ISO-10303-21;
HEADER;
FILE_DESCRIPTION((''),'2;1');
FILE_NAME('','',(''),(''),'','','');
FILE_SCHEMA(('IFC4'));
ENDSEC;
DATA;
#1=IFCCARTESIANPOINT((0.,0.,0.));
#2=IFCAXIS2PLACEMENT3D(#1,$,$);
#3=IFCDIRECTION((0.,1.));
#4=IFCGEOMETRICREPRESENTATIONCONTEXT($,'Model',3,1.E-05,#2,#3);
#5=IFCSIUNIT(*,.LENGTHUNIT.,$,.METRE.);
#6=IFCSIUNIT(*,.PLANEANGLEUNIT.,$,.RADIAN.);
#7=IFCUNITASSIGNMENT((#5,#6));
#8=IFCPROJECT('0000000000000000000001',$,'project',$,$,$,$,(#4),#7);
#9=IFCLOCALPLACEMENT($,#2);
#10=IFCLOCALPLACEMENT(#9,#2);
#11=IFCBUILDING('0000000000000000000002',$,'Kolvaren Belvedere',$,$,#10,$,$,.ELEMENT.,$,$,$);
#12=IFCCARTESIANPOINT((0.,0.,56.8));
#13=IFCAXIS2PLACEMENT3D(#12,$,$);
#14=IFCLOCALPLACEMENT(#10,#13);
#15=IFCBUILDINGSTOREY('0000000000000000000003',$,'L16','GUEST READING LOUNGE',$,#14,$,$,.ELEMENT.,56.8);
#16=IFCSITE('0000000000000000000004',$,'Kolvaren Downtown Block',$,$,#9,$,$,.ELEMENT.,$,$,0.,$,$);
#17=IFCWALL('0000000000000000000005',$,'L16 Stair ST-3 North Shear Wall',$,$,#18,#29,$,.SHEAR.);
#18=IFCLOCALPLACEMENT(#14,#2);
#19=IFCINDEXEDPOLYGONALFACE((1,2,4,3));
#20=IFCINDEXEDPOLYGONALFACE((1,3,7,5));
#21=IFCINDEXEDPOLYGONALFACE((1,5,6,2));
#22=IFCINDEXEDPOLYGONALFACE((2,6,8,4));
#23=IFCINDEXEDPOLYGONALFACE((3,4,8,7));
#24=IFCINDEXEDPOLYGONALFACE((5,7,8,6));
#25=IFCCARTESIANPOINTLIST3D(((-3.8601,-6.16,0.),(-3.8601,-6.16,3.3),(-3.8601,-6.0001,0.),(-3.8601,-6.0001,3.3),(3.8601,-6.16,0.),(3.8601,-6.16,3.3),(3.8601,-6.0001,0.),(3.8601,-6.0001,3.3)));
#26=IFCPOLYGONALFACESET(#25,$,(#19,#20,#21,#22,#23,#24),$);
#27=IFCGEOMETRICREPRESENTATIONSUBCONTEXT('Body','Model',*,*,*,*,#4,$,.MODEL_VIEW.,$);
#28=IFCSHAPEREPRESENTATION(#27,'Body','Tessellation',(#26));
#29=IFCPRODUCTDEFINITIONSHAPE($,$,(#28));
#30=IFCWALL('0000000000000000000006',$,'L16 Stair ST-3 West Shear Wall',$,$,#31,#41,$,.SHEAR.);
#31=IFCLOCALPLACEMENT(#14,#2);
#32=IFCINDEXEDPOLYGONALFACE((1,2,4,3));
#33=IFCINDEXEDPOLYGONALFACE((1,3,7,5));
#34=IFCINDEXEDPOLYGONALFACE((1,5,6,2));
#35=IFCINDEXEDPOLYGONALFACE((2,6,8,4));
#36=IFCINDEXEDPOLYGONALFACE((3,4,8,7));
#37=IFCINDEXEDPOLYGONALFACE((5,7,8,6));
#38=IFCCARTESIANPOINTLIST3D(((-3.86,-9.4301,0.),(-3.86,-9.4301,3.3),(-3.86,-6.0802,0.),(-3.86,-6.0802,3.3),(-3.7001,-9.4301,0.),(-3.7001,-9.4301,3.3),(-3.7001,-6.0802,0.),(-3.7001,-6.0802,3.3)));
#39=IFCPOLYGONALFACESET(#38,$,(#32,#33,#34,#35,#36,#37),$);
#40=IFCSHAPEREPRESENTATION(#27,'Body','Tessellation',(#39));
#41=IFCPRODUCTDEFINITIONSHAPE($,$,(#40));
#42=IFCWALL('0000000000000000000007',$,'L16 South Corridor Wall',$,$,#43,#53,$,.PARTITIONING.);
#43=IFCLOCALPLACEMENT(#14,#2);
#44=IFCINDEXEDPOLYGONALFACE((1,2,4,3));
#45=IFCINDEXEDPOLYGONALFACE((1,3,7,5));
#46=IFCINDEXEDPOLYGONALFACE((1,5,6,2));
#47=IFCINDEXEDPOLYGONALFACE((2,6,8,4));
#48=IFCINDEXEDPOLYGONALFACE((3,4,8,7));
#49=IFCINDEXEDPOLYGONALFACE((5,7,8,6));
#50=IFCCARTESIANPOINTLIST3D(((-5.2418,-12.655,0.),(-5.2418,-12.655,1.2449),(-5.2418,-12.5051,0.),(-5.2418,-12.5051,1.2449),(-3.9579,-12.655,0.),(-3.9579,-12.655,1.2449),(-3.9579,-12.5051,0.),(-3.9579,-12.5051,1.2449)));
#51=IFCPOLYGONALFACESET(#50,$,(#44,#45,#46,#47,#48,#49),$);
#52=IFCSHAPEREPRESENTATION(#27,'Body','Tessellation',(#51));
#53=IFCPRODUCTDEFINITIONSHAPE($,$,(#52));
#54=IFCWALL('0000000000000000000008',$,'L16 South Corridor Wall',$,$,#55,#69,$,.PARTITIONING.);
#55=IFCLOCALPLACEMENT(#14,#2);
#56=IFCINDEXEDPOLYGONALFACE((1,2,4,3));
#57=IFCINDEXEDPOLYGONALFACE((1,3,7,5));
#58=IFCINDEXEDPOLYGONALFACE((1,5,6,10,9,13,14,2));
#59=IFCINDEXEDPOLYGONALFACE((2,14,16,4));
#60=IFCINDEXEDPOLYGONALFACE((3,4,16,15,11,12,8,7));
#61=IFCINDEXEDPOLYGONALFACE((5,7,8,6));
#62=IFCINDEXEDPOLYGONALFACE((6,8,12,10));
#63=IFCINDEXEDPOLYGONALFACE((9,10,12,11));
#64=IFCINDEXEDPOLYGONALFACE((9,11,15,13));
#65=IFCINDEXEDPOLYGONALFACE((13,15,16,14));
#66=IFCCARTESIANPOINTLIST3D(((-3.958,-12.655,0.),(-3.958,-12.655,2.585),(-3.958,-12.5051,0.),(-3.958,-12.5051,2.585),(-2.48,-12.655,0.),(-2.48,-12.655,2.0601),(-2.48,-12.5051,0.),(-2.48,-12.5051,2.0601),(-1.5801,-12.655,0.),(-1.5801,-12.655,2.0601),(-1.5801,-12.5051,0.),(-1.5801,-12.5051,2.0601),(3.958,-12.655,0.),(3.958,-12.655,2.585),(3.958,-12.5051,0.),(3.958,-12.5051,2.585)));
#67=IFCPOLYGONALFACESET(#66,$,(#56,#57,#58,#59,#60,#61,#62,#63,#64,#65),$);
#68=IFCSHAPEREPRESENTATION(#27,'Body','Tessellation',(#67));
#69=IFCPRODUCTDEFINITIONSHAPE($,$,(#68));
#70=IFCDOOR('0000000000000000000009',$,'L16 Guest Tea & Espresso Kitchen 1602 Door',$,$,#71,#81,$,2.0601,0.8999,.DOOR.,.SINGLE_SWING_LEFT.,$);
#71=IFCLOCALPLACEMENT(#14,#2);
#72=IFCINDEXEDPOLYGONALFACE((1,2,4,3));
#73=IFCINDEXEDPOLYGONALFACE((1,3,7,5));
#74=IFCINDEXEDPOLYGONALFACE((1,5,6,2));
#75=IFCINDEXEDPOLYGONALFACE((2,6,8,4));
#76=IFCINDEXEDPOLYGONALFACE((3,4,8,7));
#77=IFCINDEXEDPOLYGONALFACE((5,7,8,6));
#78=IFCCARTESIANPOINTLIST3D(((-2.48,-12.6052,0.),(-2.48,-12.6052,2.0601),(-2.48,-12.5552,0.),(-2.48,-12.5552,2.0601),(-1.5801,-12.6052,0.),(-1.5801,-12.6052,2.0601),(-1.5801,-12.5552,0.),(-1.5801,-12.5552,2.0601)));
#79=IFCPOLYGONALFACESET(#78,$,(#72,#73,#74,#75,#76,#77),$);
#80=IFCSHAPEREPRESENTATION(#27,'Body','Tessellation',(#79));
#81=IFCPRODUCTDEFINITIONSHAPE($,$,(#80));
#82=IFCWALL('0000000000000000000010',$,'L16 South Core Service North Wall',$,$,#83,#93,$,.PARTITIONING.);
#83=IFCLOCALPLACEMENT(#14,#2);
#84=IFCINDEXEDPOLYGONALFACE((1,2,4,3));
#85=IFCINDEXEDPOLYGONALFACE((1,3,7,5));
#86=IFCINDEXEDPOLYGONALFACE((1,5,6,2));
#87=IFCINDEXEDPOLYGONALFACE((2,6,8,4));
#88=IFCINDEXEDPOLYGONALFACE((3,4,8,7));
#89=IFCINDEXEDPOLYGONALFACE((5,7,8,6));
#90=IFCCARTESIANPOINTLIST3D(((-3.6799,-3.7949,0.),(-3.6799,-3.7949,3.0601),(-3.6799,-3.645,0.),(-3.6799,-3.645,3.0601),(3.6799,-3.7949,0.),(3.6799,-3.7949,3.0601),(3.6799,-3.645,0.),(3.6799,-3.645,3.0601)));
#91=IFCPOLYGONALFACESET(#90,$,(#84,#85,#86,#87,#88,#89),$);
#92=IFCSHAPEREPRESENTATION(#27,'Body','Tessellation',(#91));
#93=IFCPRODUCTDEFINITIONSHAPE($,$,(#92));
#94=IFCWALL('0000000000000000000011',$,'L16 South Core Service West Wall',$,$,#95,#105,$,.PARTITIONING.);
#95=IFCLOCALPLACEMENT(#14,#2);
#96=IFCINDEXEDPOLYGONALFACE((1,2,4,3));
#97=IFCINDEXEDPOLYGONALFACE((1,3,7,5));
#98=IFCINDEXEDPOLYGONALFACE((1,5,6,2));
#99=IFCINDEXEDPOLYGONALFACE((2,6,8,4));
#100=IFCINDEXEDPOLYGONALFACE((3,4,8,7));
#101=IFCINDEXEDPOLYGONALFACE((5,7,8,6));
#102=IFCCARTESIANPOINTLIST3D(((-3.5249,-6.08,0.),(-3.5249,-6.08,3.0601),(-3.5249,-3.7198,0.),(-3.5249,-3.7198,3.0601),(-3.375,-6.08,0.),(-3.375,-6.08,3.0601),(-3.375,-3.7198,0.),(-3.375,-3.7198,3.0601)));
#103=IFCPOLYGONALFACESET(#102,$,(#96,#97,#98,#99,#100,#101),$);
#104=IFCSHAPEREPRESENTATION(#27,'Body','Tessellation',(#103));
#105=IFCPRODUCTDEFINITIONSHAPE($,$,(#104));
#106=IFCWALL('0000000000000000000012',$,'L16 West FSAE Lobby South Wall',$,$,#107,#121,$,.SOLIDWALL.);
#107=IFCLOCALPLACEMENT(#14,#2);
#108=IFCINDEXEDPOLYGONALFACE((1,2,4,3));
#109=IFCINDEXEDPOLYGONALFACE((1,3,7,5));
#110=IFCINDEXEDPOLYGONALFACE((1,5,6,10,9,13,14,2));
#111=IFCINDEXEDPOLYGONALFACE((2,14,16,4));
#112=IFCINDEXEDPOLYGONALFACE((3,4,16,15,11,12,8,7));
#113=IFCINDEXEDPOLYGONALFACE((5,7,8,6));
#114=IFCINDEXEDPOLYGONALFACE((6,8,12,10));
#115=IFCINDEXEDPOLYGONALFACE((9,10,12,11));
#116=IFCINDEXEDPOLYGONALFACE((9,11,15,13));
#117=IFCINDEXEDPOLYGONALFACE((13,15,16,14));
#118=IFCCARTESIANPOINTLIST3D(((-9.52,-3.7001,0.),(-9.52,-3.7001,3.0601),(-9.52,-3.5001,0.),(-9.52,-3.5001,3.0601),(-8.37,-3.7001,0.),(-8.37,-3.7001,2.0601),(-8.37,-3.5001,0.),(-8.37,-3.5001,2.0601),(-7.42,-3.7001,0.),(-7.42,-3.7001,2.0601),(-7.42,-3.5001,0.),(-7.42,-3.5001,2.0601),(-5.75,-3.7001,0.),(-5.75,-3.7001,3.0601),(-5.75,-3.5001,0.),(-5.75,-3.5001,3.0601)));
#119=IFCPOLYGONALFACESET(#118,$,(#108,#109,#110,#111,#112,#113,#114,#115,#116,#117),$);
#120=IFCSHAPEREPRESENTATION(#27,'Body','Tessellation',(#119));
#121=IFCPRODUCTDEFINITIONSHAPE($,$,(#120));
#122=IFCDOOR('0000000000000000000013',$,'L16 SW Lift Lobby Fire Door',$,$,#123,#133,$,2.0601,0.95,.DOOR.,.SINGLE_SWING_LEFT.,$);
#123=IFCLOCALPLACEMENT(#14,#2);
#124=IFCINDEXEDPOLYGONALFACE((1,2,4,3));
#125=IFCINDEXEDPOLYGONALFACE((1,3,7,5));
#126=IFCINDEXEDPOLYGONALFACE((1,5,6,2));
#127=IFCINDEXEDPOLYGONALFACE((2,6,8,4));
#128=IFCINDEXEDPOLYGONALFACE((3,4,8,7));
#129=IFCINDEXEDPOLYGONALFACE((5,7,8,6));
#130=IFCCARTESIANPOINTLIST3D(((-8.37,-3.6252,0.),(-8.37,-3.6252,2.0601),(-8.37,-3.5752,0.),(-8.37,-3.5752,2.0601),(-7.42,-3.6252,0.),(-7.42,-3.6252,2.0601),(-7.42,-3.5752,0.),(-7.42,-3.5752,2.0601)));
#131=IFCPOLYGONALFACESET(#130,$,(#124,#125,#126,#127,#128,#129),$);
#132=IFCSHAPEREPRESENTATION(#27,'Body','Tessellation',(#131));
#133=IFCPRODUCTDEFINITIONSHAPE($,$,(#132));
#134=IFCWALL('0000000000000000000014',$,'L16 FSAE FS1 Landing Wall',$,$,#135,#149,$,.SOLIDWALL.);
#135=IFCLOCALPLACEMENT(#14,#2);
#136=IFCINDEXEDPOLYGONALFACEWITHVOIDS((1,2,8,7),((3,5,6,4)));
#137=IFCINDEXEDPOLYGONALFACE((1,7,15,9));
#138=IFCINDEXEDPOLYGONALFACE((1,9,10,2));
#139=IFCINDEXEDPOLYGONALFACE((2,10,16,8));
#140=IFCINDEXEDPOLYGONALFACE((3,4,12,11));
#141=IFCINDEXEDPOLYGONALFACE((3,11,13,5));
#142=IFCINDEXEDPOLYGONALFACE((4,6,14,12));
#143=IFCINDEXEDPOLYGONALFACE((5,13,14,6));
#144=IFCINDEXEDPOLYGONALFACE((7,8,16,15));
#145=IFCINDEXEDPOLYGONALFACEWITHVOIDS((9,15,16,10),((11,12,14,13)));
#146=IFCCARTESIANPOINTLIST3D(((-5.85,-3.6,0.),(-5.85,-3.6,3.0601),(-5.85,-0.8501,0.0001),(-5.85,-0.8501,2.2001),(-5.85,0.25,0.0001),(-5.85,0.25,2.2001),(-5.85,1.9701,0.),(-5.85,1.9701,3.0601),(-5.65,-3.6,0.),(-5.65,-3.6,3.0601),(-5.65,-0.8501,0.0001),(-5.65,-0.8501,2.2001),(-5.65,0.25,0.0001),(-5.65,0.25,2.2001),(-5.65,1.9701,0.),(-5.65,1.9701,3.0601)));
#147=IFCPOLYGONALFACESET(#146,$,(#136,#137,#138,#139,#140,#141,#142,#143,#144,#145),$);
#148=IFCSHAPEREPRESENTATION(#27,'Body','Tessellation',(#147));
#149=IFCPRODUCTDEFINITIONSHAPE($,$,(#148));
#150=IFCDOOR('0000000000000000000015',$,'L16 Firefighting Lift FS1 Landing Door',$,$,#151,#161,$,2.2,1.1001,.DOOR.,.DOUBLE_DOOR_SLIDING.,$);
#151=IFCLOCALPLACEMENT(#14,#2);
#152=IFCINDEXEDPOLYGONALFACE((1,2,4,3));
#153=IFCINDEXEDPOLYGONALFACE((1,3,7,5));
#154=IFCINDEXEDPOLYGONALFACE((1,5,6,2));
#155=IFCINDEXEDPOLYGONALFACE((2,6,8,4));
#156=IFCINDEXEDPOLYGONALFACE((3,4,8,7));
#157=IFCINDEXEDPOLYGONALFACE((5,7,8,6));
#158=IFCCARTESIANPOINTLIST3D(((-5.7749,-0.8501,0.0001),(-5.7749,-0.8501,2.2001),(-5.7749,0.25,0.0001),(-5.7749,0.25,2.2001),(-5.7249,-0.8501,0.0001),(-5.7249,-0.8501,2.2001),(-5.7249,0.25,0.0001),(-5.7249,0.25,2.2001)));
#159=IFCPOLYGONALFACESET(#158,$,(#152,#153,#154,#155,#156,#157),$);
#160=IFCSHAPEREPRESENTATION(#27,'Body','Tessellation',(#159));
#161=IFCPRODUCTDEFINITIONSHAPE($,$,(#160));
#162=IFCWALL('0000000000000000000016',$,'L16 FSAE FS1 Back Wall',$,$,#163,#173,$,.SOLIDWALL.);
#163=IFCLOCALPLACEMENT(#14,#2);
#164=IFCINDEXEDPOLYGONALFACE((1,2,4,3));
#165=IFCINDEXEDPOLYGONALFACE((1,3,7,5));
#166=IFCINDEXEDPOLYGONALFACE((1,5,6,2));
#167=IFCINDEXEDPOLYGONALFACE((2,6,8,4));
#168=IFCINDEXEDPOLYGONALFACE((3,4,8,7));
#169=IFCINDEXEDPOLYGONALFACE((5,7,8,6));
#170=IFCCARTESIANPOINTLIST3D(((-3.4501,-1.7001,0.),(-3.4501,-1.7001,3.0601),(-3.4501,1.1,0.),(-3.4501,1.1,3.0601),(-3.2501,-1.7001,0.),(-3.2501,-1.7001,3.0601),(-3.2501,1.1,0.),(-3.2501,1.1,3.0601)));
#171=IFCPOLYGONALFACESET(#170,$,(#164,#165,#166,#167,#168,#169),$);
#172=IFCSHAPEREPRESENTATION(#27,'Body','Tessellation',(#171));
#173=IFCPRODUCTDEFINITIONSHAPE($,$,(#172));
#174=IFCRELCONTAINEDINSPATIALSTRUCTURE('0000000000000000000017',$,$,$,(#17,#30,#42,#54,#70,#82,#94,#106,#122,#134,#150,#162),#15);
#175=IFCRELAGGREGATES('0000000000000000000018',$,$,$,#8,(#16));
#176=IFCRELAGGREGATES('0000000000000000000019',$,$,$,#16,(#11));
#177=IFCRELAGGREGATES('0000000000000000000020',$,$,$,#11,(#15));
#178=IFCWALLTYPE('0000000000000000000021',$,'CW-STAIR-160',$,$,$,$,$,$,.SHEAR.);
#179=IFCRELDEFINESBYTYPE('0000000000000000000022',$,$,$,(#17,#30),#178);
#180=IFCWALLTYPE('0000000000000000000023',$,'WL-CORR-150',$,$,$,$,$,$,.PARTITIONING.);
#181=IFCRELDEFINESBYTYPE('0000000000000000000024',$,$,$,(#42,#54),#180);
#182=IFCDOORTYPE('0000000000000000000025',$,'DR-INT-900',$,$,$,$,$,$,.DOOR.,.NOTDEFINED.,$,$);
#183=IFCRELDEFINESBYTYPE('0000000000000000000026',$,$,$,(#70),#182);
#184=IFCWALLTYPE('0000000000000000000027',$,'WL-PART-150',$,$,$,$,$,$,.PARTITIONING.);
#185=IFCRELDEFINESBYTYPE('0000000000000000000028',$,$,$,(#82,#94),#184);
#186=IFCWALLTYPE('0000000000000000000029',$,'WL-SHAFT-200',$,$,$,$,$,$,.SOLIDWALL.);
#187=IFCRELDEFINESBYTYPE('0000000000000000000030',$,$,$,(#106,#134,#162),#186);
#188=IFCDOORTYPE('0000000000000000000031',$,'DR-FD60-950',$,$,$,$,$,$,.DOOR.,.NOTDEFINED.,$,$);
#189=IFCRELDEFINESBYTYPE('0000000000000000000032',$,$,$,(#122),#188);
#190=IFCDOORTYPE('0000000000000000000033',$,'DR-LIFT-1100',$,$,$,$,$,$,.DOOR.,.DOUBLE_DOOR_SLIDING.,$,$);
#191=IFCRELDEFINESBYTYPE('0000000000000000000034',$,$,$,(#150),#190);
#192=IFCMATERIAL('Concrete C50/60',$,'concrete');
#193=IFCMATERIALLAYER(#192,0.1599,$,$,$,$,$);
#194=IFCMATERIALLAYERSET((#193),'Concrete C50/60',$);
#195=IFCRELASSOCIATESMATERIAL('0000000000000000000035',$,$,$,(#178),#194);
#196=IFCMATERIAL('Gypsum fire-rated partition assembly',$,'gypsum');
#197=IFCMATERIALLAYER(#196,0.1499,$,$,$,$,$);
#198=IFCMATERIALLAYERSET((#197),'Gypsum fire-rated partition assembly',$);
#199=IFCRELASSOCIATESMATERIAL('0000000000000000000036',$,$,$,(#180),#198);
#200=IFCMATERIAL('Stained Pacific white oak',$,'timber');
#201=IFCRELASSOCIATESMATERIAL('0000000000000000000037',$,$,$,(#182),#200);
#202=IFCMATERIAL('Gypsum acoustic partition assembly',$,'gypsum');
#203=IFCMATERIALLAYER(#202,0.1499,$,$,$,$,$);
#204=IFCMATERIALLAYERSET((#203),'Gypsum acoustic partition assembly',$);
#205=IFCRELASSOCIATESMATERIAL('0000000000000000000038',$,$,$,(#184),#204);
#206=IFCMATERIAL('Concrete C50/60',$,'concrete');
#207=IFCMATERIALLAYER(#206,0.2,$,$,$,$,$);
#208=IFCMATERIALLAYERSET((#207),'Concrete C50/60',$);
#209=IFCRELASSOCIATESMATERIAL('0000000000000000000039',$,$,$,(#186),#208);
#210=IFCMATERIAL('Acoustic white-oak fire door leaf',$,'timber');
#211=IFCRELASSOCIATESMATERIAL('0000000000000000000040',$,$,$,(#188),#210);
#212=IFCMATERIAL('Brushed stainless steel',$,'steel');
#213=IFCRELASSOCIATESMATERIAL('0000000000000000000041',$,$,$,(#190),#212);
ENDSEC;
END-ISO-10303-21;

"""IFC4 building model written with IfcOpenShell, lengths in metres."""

from ifc_helpers import new_model, si_unit, direction, frame, frame_2d, origin, place, context, subcontext, project, spatial, rectangle, extrude, material, layer, layer_set, type_object, element, fill, save


model = new_model("IFC4")

# Units and contexts
model_context = context("Model", 3, precision=1e-05, world=origin(), true_north=direction((0.0, 1.0)))
body_context = subcontext(model_context, "Body", "Model", "MODEL_VIEW")
ifc_project = project(units=[si_unit("LENGTHUNIT", "METRE"), si_unit("PLANEANGLEUNIT", "RADIAN")], contexts=[model_context])

# Site, building, storey
site_placement = place(None, origin())
site = spatial("IfcSite", under=ifc_project, at=site_placement, Name="Kolvaren Downtown Block", CompositionType="ELEMENT", RefElevation=0.0)
building_placement = place(site_placement, origin())
building = spatial("IfcBuilding", under=site, at=building_placement, Name="Kolvaren Belvedere", CompositionType="ELEMENT")
storey_placement = place(building_placement, frame((0.0, 0.0, 56.8)))
storey = spatial("IfcBuildingStorey", under=building, at=storey_placement, Name="L16", Description="GUEST READING LOUNGE", CompositionType="ELEMENT", Elevation=56.8)

# Walls
ifc_material_1 = material(Name="Concrete C50/60", Category="concrete")
ifc_layer_1 = layer(ifc_material_1, 0.1599)
ifc_layer_set_1 = layer_set([ifc_layer_1], Name="Concrete C50/60")
wall_type_1 = type_object("IfcWallType", Name="CW-STAIR-160", PredefinedType="SHEAR", material=ifc_layer_set_1)
wall_1_placement = place(storey_placement, frame((-3.8601, -6.0801, 0.0), z_axis=(0.0, 0.0, 1.0), x_axis=(1.0, 0.0, 0.0)))
element("IfcWall", 1, at=wall_1_placement, inside=storey, type_object=wall_type_1, Name="L16 Stair ST-3 North Shear Wall", PredefinedType="SHEAR", context=body_context, shape_type="SweptSolid", body=[
    extrude(rectangle(XDim=7.7202, YDim=0.1599, at=frame_2d((3.8601, 0.0))), origin(), (0.0, 0.0, 1.0), 3.3),
])
wall_2_placement = place(storey_placement, frame((-3.78, -9.4299, 0.0), z_axis=(0.0, 0.0, 1.0), x_axis=(0.0, 1.0, 0.0)))
element("IfcWall", 2, at=wall_2_placement, inside=storey, type_object=wall_type_1, Name="L16 Stair ST-3 West Shear Wall", PredefinedType="SHEAR", context=body_context, shape_type="SweptSolid", body=[
    extrude(rectangle(XDim=3.3499, YDim=0.1599, at=frame_2d((1.6748, 0.0))), origin(), (0.0, 0.0, 1.0), 3.3),
])
ifc_material_2 = material(Name="Gypsum fire-rated partition assembly", Category="gypsum")
ifc_layer_2 = layer(ifc_material_2, 0.1499)
ifc_layer_set_2 = layer_set([ifc_layer_2], Name="Gypsum fire-rated partition assembly")
wall_type_2 = type_object("IfcWallType", Name="WL-CORR-150", PredefinedType="PARTITIONING", material=ifc_layer_set_2)
wall_3_placement = place(storey_placement, frame((-5.2419, -12.5801, 0.0), z_axis=(0.0, 0.0, 1.0), x_axis=(1.0, 0.0, 0.0)))
element("IfcWall", 3, at=wall_3_placement, inside=storey, type_object=wall_type_2, Name="L16 South Corridor Wall", PredefinedType="PARTITIONING", context=body_context, shape_type="SweptSolid", body=[
    extrude(rectangle(XDim=1.2839, YDim=0.1499, at=frame_2d((0.6421, 0.0))), origin(), (0.0, 0.0, 1.0), 1.2449),
])

# Wall, opening, door
wall_4_placement = place(storey_placement, frame((-3.958, -12.5801, 0.0), z_axis=(0.0, 0.0, 1.0), x_axis=(1.0, 0.0, 0.0)))
wall_4 = element("IfcWall", 4, at=wall_4_placement, inside=storey, type_object=wall_type_2, Name="L16 South Corridor Wall", PredefinedType="PARTITIONING", context=body_context, shape_type="SweptSolid", body=[
    extrude(rectangle(XDim=7.916, YDim=0.1499, at=frame_2d((3.958, 0.0))), origin(), (0.0, 0.0, 1.0), 2.585),
])
opening_1_placement = place(wall_4_placement, frame((1.478, 0.0, 0.0)))
opening_1 = element("IfcOpeningElement", 5, at=opening_1_placement, cuts=wall_4, PredefinedType="OPENING", context=body_context, shape_type="SweptSolid", body=[
    extrude(rectangle(XDim=0.8999, YDim=2.0601, at=frame_2d((0.45, 1.03))), frame((0.0, 0.085, 0.0), z_axis=(0.0, -1.0, 0.0), x_axis=(1.0, 0.0, 0.0)), (0.0, 0.0, 1.0), 0.1699),
])
ifc_material_3 = material(Name="Stained Pacific white oak", Category="timber")
door_type_1 = type_object("IfcDoorType", Name="DR-INT-900", OperationType="NOTDEFINED", PredefinedType="DOOR", material=ifc_material_3)
door_1_placement = place(opening_1_placement, origin())
door_1 = element("IfcDoor", 6, at=door_1_placement, inside=storey, type_object=door_type_1, Name="L16 Guest Tea & Espresso Kitchen 1602 Door", OperationType="SINGLE_SWING_LEFT", OverallHeight=2.0601, OverallWidth=0.8999, PredefinedType="DOOR", context=body_context, shape_type="SweptSolid", body=[
    extrude(rectangle(XDim=0.8999, YDim=2.0601, at=frame_2d((0.45, 1.03))), frame((0.0, 0.0249, 0.0), z_axis=(0.0, -1.0, 0.0), x_axis=(1.0, 0.0, 0.0)), (0.0, 0.0, 1.0), 0.05),
])
fill(opening_1, door_1)

# Walls
ifc_material_4 = material(Name="Gypsum acoustic partition assembly", Category="gypsum")
ifc_layer_3 = layer(ifc_material_4, 0.1499)
ifc_layer_set_3 = layer_set([ifc_layer_3], Name="Gypsum acoustic partition assembly")
wall_type_3 = type_object("IfcWallType", Name="WL-PART-150", PredefinedType="PARTITIONING", material=ifc_layer_set_3)
wall_5_placement = place(storey_placement, frame((-3.6799, -3.72, 0.0), z_axis=(0.0, 0.0, 1.0), x_axis=(1.0, 0.0, 0.0)))
element("IfcWall", 7, at=wall_5_placement, inside=storey, type_object=wall_type_3, Name="L16 South Core Service North Wall", PredefinedType="PARTITIONING", context=body_context, shape_type="SweptSolid", body=[
    extrude(rectangle(XDim=7.3599, YDim=0.1499, at=frame_2d((3.6799, 0.0))), origin(), (0.0, 0.0, 1.0), 3.0601),
])
wall_6_placement = place(storey_placement, frame((-3.45, -6.0801, 0.0), z_axis=(0.0, 0.0, 1.0), x_axis=(0.0, 1.0, 0.0)))
element("IfcWall", 8, at=wall_6_placement, inside=storey, type_object=wall_type_3, Name="L16 South Core Service West Wall", PredefinedType="PARTITIONING", context=body_context, shape_type="SweptSolid", body=[
    extrude(rectangle(XDim=2.3601, YDim=0.1499, at=frame_2d((1.1802, 0.0))), origin(), (0.0, 0.0, 1.0), 3.0601),
])

# Walls, openings, doors
ifc_material_5 = material(Name="Concrete C50/60", Category="concrete")
ifc_layer_4 = layer(ifc_material_5, 0.2)
ifc_layer_set_4 = layer_set([ifc_layer_4], Name="Concrete C50/60")
wall_type_4 = type_object("IfcWallType", Name="WL-SHAFT-200", PredefinedType="SOLIDWALL", material=ifc_layer_set_4)
wall_7_placement = place(storey_placement, frame((-9.52, -3.6001, 0.0), z_axis=(0.0, 0.0, 1.0), x_axis=(1.0, 0.0, 0.0)))
wall_7 = element("IfcWall", 9, at=wall_7_placement, inside=storey, type_object=wall_type_4, Name="L16 West FSAE Lobby South Wall", PredefinedType="SOLIDWALL", context=body_context, shape_type="SweptSolid", body=[
    extrude(rectangle(XDim=3.77, YDim=0.2, at=frame_2d((1.885, 0.0))), origin(), (0.0, 0.0, 1.0), 3.0601),
])
opening_2_placement = place(wall_7_placement, frame((1.1499, 0.0, 0.0)))
opening_2 = element("IfcOpeningElement", 10, at=opening_2_placement, cuts=wall_7, PredefinedType="OPENING", context=body_context, shape_type="SweptSolid", body=[
    extrude(rectangle(XDim=0.95, YDim=2.0601, at=frame_2d((0.4751, 1.03))), frame((0.0, 0.1099, 0.0), z_axis=(0.0, -1.0, 0.0), x_axis=(1.0, 0.0, 0.0)), (0.0, 0.0, 1.0), 0.22),
])
ifc_material_6 = material(Name="Acoustic white-oak fire door leaf", Category="timber")
door_type_2 = type_object("IfcDoorType", Name="DR-FD60-950", OperationType="NOTDEFINED", PredefinedType="DOOR", material=ifc_material_6)
door_2_placement = place(opening_2_placement, origin())
door_2 = element("IfcDoor", 11, at=door_2_placement, inside=storey, type_object=door_type_2, Name="L16 SW Lift Lobby Fire Door", OperationType="SINGLE_SWING_LEFT", OverallHeight=2.0601, OverallWidth=0.95, PredefinedType="DOOR", context=body_context, shape_type="SweptSolid", body=[
    extrude(rectangle(XDim=0.95, YDim=2.0601, at=frame_2d((0.4751, 1.03))), frame((0.0, 0.0249, 0.0), z_axis=(0.0, -1.0, 0.0), x_axis=(1.0, 0.0, 0.0)), (0.0, 0.0, 1.0), 0.05),
])
fill(opening_2, door_2)
wall_8_placement = place(storey_placement, frame((-5.75, -3.6001, 0.0), z_axis=(0.0, 0.0, 1.0), x_axis=(0.0, 1.0, 0.0)))
wall_8 = element("IfcWall", 12, at=wall_8_placement, inside=storey, type_object=wall_type_4, Name="L16 FSAE FS1 Landing Wall", PredefinedType="SOLIDWALL", context=body_context, shape_type="SweptSolid", body=[
    extrude(rectangle(XDim=5.5701, YDim=0.2, at=frame_2d((2.7852, 0.0))), origin(), (0.0, 0.0, 1.0), 3.0601),
])
opening_3_placement = place(wall_8_placement, frame((2.75, 0.0, 0.0)))
opening_3 = element("IfcOpeningElement", 13, at=opening_3_placement, cuts=wall_8, PredefinedType="OPENING", context=body_context, shape_type="SweptSolid", body=[
    extrude(rectangle(XDim=1.1001, YDim=2.2, at=frame_2d((0.55, 1.1001))), frame((0.0, 0.1099, 0.0), z_axis=(0.0, -1.0, 0.0), x_axis=(1.0, 0.0, 0.0)), (0.0, 0.0, 1.0), 0.22),
])
ifc_material_7 = material(Name="Brushed stainless steel", Category="steel")
door_type_3 = type_object("IfcDoorType", Name="DR-LIFT-1100", OperationType="DOUBLE_DOOR_SLIDING", PredefinedType="DOOR", material=ifc_material_7)
door_3_placement = place(opening_3_placement, origin())
door_3 = element("IfcDoor", 14, at=door_3_placement, inside=storey, type_object=door_type_3, Name="L16 Firefighting Lift FS1 Landing Door", OperationType="DOUBLE_DOOR_SLIDING", OverallHeight=2.2, OverallWidth=1.1001, PredefinedType="DOOR", context=body_context, shape_type="SweptSolid", body=[
    extrude(rectangle(XDim=1.1001, YDim=2.2, at=frame_2d((0.55, 1.1001))), frame((0.0, 0.0249, 0.0), z_axis=(0.0, -1.0, 0.0), x_axis=(1.0, 0.0, 0.0)), (0.0, 0.0, 1.0), 0.05),
])
fill(opening_3, door_3)

# Wall
wall_9_placement = place(storey_placement, frame((-3.3501, -1.7, 0.0), z_axis=(0.0, 0.0, 1.0), x_axis=(0.0, 1.0, 0.0)))
element("IfcWall", 15, at=wall_9_placement, inside=storey, type_object=wall_type_4, Name="L16 FSAE FS1 Back Wall", PredefinedType="SOLIDWALL", context=body_context, shape_type="SweptSolid", body=[
    extrude(rectangle(XDim=2.8, YDim=0.2, at=frame_2d((1.3999, 0.0))), origin(), (0.0, 0.0, 1.0), 3.0601),
])

save(model, "model.ifc")
